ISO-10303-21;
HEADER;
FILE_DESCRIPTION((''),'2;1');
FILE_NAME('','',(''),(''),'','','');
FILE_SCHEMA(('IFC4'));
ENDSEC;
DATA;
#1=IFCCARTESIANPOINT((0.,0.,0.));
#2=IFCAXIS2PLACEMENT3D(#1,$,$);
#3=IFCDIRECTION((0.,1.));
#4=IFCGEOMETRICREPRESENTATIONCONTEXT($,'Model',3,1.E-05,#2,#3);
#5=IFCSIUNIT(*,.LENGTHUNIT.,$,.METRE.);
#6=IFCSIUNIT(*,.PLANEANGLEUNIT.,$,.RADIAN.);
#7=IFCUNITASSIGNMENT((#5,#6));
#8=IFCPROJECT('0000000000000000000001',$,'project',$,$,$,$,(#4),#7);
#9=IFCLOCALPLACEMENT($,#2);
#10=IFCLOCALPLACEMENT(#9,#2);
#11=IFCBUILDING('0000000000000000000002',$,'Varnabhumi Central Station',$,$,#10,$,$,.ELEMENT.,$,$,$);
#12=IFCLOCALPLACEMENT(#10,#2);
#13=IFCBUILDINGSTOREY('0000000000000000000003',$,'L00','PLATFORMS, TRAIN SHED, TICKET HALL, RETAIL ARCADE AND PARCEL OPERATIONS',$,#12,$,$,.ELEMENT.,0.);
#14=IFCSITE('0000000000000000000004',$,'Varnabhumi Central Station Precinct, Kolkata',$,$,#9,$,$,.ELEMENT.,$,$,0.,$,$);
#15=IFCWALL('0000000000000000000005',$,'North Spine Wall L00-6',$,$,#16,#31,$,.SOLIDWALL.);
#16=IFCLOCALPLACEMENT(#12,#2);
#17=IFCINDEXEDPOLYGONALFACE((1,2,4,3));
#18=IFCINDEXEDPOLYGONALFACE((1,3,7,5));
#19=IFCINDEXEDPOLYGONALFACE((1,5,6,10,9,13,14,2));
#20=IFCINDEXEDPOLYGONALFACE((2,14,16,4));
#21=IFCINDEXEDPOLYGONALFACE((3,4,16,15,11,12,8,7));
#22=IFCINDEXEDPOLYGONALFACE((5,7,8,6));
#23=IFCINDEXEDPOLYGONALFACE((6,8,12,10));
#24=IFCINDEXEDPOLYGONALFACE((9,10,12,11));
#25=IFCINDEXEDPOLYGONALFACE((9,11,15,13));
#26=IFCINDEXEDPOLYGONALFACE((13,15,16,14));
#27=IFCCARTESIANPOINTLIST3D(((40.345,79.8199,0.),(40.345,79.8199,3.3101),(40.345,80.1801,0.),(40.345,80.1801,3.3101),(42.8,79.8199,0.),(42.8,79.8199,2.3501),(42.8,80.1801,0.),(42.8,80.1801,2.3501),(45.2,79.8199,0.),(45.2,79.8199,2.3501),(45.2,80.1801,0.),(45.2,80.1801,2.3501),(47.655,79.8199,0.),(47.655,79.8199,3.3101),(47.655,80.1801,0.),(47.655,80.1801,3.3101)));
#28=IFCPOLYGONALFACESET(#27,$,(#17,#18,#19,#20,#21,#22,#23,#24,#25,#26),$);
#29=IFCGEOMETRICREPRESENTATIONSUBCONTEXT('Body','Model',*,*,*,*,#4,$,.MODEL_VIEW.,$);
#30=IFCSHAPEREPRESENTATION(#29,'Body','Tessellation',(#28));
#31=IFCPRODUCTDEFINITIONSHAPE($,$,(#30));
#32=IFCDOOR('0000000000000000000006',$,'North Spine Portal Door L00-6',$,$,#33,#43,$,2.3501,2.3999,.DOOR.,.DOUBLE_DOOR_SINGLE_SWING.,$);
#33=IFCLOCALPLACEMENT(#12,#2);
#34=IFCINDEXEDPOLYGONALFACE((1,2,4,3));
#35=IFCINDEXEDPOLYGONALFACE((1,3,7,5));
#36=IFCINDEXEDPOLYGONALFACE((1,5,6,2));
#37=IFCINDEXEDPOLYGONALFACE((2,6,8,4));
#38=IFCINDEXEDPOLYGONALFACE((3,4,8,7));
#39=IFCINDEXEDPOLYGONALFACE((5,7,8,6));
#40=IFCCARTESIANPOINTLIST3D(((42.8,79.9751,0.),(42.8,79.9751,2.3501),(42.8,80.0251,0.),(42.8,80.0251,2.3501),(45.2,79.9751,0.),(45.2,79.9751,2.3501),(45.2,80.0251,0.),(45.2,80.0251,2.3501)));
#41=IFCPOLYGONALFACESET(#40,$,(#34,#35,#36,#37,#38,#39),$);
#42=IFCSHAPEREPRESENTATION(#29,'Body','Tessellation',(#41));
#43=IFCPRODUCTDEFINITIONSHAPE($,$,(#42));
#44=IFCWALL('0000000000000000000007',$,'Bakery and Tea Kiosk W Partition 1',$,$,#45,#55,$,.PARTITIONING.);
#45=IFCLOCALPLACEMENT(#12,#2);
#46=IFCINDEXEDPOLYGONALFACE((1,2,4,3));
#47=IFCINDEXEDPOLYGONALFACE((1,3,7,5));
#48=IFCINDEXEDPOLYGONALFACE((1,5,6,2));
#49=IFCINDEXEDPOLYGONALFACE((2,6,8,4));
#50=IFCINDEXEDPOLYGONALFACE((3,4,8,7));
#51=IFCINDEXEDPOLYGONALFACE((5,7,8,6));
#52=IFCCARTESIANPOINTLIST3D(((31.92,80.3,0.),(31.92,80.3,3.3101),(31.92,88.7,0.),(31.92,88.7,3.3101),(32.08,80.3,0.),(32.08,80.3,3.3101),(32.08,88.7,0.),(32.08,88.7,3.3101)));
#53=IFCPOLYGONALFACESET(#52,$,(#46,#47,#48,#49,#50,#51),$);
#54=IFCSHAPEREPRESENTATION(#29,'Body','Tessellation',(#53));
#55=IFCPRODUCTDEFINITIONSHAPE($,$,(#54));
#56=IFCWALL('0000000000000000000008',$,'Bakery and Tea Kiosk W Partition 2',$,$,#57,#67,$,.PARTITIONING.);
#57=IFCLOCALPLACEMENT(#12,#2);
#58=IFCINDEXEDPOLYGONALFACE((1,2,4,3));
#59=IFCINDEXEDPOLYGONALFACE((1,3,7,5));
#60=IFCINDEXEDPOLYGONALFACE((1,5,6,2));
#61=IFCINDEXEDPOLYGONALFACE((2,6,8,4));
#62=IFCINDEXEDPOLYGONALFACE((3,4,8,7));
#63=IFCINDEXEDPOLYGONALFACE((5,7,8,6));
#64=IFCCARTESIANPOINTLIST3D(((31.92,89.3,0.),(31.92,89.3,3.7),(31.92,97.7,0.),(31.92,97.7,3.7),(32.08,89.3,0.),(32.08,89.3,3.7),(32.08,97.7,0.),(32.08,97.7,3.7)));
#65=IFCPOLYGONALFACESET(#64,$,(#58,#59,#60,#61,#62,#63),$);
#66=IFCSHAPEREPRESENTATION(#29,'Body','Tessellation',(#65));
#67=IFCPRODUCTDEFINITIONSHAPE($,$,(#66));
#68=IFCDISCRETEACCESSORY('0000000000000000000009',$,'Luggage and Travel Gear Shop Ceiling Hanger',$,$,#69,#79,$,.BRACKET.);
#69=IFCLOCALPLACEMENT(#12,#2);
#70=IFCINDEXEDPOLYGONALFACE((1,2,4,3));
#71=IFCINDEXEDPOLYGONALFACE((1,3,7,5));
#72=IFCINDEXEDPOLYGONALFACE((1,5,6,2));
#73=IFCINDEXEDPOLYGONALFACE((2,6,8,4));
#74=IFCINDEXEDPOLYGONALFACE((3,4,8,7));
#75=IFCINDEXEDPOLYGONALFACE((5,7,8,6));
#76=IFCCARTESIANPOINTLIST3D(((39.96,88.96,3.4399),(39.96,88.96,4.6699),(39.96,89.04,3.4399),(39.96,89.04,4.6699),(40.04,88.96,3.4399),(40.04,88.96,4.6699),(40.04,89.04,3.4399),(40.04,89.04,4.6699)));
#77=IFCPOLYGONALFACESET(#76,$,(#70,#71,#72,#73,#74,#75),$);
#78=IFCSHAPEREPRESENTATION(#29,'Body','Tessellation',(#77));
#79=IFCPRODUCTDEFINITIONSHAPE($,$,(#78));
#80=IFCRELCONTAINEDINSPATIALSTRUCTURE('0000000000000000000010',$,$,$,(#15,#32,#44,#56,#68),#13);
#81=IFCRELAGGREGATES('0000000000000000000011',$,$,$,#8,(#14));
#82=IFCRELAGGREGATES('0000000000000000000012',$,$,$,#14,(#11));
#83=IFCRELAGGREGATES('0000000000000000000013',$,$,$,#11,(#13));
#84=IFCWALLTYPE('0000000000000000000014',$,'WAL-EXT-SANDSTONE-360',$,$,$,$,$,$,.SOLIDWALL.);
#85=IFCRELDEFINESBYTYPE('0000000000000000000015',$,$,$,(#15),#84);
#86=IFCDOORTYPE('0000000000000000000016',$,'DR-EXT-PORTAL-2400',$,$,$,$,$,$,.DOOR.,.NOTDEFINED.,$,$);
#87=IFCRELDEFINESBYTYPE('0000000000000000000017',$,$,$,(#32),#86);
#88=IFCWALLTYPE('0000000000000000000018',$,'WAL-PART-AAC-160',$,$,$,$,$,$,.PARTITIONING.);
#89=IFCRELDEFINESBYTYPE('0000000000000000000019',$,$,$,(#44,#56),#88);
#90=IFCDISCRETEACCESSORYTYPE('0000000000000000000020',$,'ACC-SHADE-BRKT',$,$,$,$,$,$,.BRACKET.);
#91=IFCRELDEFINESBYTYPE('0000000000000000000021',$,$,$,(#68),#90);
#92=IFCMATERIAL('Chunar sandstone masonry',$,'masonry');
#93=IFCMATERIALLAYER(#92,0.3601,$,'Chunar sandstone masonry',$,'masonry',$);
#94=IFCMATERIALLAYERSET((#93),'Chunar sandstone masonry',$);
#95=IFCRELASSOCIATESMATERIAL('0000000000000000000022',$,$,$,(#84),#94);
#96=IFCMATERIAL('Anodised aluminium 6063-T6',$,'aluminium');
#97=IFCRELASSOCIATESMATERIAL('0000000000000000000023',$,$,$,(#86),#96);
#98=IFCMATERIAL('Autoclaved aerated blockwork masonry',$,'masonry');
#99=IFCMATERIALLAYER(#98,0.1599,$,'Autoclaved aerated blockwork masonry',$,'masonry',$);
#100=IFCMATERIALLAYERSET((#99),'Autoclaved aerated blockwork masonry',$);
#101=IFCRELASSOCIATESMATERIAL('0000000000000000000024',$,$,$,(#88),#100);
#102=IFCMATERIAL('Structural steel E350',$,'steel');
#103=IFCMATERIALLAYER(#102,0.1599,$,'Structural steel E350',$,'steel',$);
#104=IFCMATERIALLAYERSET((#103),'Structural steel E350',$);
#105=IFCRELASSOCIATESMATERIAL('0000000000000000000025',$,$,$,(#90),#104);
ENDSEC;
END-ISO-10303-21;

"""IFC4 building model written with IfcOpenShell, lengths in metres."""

from ifc_helpers import new_model, si_unit, direction, frame, frame_2d, origin, origin_2d, place, context, subcontext, project, spatial, rectangle, extrude, material, layer, layer_set, type_object, element, fill, save


model = new_model("IFC4")

# Units and contexts
model_context = context("Model", 3, precision=1e-05, world=origin(), true_north=direction((0.0, 1.0)))
body_context = subcontext(model_context, "Body", "Model", "MODEL_VIEW")
ifc_project = project(units=[si_unit("LENGTHUNIT", "METRE"), si_unit("PLANEANGLEUNIT", "RADIAN")], contexts=[model_context])

# Site, building, storey
site_placement = place(None, origin())
site = spatial("IfcSite", under=ifc_project, at=site_placement, Name="Varnabhumi Central Station Precinct, Kolkata", CompositionType="ELEMENT", RefElevation=0.0)
building_placement = place(site_placement, origin())
building = spatial("IfcBuilding", under=site, at=building_placement, Name="Varnabhumi Central Station", CompositionType="ELEMENT")
storey_placement = place(building_placement, origin())
storey = spatial("IfcBuildingStorey", under=building, at=storey_placement, Name="L00", Description="PLATFORMS, TRAIN SHED, TICKET HALL, RETAIL ARCADE AND PARCEL OPERATIONS", CompositionType="ELEMENT", Elevation=0.0)

# Wall, opening, door
ifc_material_1 = material(Name="Chunar sandstone masonry", Category="masonry")
ifc_layer_1 = layer(ifc_material_1, 0.3601, Name="Chunar sandstone masonry", Category="masonry")
ifc_layer_set_1 = layer_set([ifc_layer_1], Name="Chunar sandstone masonry")
wall_type_1 = type_object("IfcWallType", Name="WAL-EXT-SANDSTONE-360", PredefinedType="SOLIDWALL", material=ifc_layer_set_1)
wall_1_placement = place(storey_placement, frame((40.345, 80.0, 0.0), z_axis=(0.0, 0.0, 1.0), x_axis=(1.0, 0.0, 0.0)))
wall_1 = element("IfcWall", 1, at=wall_1_placement, inside=storey, type_object=wall_type_1, Name="North Spine Wall L00-6", PredefinedType="SOLIDWALL", context=body_context, shape_type="SweptSolid", body=[
    extrude(rectangle(XDim=7.3101, YDim=0.3601, at=frame_2d((3.655, 0.0))), origin(), (0.0, 0.0, 1.0), 3.3101),
])
opening_placement = place(wall_1_placement, frame((2.4551, 0.0, 0.0)))
opening = element("IfcOpeningElement", 2, at=opening_placement, cuts=wall_1, PredefinedType="OPENING", context=body_context, shape_type="SweptSolid", body=[
    extrude(rectangle(XDim=2.3999, YDim=2.3501, at=frame_2d((1.2, 1.175))), frame((0.0, 0.1899, 0.0), z_axis=(0.0, -1.0, 0.0), x_axis=(1.0, 0.0, 0.0)), (0.0, 0.0, 1.0), 0.3801),
])
ifc_material_2 = material(Name="Anodised aluminium 6063-T6", Category="aluminium")
door_type = type_object("IfcDoorType", Name="DR-EXT-PORTAL-2400", OperationType="NOTDEFINED", PredefinedType="DOOR", material=ifc_material_2)
door_placement = place(opening_placement, frame((2.3999, 0.0, 0.0), z_axis=(0.0, 0.0, 1.0), x_axis=(-1.0, 0.0, 0.0)))
door = element("IfcDoor", 3, at=door_placement, inside=storey, type_object=door_type, Name="North Spine Portal Door L00-6", OperationType="DOUBLE_DOOR_SINGLE_SWING", OverallHeight=2.3501, OverallWidth=2.3999, PredefinedType="DOOR", context=body_context, shape_type="SweptSolid", body=[
    extrude(rectangle(XDim=2.3999, YDim=2.3501, at=frame_2d((1.2, 1.175))), frame((0.0, 0.0249, 0.0), z_axis=(0.0, -1.0, 0.0), x_axis=(1.0, 0.0, 0.0)), (0.0, 0.0, 1.0), 0.05),
])
fill(opening, door)

# Walls
ifc_material_3 = material(Name="Autoclaved aerated blockwork masonry", Category="masonry")
ifc_layer_2 = layer(ifc_material_3, 0.1599, Name="Autoclaved aerated blockwork masonry", Category="masonry")
ifc_layer_set_2 = layer_set([ifc_layer_2], Name="Autoclaved aerated blockwork masonry")
wall_type_2 = type_object("IfcWallType", Name="WAL-PART-AAC-160", PredefinedType="PARTITIONING", material=ifc_layer_set_2)
wall_2_placement = place(storey_placement, frame((32.0, 80.3, 0.0), z_axis=(0.0, 0.0, 1.0), x_axis=(0.0, 1.0, 0.0)))
element("IfcWall", 4, at=wall_2_placement, inside=storey, type_object=wall_type_2, Name="Bakery and Tea Kiosk W Partition 1", PredefinedType="PARTITIONING", context=body_context, shape_type="SweptSolid", body=[
    extrude(rectangle(XDim=8.3999, YDim=0.1599, at=frame_2d((4.2, 0.0))), origin(), (0.0, 0.0, 1.0), 3.3101),
])
wall_3_placement = place(storey_placement, frame((32.0, 89.3, 0.0), z_axis=(0.0, 0.0, 1.0), x_axis=(0.0, 1.0, 0.0)))
element("IfcWall", 5, at=wall_3_placement, inside=storey, type_object=wall_type_2, Name="Bakery and Tea Kiosk W Partition 2", PredefinedType="PARTITIONING", context=body_context, shape_type="SweptSolid", body=[
    extrude(rectangle(XDim=8.3999, YDim=0.1599, at=frame_2d((4.2, 0.0))), origin(), (0.0, 0.0, 1.0), 3.7),
])

# Discrete accessory
ifc_material_4 = material(Name="Structural steel E350", Category="steel")
ifc_layer_3 = layer(ifc_material_4, 0.1599, Name="Structural steel E350", Category="steel")
ifc_layer_set_3 = layer_set([ifc_layer_3], Name="Structural steel E350")
discrete_accessory_type = type_object("IfcDiscreteAccessoryType", Name="ACC-SHADE-BRKT", PredefinedType="BRACKET", material=ifc_layer_set_3)
discrete_accessory_placement = place(storey_placement, frame((40.0, 89.0, 3.4399), z_axis=(0.0, 0.0, 1.0), x_axis=(1.0, 0.0, 0.0)))
element("IfcDiscreteAccessory", 6, at=discrete_accessory_placement, inside=storey, type_object=discrete_accessory_type, Name="Luggage and Travel Gear Shop Ceiling Hanger", PredefinedType="BRACKET", context=body_context, shape_type="SweptSolid", body=[
    extrude(rectangle(XDim=0.0801, YDim=0.0801, at=origin_2d()), origin(), (0.0, 0.0, 1.0), 1.23),
])

save(model, "model.ifc")
